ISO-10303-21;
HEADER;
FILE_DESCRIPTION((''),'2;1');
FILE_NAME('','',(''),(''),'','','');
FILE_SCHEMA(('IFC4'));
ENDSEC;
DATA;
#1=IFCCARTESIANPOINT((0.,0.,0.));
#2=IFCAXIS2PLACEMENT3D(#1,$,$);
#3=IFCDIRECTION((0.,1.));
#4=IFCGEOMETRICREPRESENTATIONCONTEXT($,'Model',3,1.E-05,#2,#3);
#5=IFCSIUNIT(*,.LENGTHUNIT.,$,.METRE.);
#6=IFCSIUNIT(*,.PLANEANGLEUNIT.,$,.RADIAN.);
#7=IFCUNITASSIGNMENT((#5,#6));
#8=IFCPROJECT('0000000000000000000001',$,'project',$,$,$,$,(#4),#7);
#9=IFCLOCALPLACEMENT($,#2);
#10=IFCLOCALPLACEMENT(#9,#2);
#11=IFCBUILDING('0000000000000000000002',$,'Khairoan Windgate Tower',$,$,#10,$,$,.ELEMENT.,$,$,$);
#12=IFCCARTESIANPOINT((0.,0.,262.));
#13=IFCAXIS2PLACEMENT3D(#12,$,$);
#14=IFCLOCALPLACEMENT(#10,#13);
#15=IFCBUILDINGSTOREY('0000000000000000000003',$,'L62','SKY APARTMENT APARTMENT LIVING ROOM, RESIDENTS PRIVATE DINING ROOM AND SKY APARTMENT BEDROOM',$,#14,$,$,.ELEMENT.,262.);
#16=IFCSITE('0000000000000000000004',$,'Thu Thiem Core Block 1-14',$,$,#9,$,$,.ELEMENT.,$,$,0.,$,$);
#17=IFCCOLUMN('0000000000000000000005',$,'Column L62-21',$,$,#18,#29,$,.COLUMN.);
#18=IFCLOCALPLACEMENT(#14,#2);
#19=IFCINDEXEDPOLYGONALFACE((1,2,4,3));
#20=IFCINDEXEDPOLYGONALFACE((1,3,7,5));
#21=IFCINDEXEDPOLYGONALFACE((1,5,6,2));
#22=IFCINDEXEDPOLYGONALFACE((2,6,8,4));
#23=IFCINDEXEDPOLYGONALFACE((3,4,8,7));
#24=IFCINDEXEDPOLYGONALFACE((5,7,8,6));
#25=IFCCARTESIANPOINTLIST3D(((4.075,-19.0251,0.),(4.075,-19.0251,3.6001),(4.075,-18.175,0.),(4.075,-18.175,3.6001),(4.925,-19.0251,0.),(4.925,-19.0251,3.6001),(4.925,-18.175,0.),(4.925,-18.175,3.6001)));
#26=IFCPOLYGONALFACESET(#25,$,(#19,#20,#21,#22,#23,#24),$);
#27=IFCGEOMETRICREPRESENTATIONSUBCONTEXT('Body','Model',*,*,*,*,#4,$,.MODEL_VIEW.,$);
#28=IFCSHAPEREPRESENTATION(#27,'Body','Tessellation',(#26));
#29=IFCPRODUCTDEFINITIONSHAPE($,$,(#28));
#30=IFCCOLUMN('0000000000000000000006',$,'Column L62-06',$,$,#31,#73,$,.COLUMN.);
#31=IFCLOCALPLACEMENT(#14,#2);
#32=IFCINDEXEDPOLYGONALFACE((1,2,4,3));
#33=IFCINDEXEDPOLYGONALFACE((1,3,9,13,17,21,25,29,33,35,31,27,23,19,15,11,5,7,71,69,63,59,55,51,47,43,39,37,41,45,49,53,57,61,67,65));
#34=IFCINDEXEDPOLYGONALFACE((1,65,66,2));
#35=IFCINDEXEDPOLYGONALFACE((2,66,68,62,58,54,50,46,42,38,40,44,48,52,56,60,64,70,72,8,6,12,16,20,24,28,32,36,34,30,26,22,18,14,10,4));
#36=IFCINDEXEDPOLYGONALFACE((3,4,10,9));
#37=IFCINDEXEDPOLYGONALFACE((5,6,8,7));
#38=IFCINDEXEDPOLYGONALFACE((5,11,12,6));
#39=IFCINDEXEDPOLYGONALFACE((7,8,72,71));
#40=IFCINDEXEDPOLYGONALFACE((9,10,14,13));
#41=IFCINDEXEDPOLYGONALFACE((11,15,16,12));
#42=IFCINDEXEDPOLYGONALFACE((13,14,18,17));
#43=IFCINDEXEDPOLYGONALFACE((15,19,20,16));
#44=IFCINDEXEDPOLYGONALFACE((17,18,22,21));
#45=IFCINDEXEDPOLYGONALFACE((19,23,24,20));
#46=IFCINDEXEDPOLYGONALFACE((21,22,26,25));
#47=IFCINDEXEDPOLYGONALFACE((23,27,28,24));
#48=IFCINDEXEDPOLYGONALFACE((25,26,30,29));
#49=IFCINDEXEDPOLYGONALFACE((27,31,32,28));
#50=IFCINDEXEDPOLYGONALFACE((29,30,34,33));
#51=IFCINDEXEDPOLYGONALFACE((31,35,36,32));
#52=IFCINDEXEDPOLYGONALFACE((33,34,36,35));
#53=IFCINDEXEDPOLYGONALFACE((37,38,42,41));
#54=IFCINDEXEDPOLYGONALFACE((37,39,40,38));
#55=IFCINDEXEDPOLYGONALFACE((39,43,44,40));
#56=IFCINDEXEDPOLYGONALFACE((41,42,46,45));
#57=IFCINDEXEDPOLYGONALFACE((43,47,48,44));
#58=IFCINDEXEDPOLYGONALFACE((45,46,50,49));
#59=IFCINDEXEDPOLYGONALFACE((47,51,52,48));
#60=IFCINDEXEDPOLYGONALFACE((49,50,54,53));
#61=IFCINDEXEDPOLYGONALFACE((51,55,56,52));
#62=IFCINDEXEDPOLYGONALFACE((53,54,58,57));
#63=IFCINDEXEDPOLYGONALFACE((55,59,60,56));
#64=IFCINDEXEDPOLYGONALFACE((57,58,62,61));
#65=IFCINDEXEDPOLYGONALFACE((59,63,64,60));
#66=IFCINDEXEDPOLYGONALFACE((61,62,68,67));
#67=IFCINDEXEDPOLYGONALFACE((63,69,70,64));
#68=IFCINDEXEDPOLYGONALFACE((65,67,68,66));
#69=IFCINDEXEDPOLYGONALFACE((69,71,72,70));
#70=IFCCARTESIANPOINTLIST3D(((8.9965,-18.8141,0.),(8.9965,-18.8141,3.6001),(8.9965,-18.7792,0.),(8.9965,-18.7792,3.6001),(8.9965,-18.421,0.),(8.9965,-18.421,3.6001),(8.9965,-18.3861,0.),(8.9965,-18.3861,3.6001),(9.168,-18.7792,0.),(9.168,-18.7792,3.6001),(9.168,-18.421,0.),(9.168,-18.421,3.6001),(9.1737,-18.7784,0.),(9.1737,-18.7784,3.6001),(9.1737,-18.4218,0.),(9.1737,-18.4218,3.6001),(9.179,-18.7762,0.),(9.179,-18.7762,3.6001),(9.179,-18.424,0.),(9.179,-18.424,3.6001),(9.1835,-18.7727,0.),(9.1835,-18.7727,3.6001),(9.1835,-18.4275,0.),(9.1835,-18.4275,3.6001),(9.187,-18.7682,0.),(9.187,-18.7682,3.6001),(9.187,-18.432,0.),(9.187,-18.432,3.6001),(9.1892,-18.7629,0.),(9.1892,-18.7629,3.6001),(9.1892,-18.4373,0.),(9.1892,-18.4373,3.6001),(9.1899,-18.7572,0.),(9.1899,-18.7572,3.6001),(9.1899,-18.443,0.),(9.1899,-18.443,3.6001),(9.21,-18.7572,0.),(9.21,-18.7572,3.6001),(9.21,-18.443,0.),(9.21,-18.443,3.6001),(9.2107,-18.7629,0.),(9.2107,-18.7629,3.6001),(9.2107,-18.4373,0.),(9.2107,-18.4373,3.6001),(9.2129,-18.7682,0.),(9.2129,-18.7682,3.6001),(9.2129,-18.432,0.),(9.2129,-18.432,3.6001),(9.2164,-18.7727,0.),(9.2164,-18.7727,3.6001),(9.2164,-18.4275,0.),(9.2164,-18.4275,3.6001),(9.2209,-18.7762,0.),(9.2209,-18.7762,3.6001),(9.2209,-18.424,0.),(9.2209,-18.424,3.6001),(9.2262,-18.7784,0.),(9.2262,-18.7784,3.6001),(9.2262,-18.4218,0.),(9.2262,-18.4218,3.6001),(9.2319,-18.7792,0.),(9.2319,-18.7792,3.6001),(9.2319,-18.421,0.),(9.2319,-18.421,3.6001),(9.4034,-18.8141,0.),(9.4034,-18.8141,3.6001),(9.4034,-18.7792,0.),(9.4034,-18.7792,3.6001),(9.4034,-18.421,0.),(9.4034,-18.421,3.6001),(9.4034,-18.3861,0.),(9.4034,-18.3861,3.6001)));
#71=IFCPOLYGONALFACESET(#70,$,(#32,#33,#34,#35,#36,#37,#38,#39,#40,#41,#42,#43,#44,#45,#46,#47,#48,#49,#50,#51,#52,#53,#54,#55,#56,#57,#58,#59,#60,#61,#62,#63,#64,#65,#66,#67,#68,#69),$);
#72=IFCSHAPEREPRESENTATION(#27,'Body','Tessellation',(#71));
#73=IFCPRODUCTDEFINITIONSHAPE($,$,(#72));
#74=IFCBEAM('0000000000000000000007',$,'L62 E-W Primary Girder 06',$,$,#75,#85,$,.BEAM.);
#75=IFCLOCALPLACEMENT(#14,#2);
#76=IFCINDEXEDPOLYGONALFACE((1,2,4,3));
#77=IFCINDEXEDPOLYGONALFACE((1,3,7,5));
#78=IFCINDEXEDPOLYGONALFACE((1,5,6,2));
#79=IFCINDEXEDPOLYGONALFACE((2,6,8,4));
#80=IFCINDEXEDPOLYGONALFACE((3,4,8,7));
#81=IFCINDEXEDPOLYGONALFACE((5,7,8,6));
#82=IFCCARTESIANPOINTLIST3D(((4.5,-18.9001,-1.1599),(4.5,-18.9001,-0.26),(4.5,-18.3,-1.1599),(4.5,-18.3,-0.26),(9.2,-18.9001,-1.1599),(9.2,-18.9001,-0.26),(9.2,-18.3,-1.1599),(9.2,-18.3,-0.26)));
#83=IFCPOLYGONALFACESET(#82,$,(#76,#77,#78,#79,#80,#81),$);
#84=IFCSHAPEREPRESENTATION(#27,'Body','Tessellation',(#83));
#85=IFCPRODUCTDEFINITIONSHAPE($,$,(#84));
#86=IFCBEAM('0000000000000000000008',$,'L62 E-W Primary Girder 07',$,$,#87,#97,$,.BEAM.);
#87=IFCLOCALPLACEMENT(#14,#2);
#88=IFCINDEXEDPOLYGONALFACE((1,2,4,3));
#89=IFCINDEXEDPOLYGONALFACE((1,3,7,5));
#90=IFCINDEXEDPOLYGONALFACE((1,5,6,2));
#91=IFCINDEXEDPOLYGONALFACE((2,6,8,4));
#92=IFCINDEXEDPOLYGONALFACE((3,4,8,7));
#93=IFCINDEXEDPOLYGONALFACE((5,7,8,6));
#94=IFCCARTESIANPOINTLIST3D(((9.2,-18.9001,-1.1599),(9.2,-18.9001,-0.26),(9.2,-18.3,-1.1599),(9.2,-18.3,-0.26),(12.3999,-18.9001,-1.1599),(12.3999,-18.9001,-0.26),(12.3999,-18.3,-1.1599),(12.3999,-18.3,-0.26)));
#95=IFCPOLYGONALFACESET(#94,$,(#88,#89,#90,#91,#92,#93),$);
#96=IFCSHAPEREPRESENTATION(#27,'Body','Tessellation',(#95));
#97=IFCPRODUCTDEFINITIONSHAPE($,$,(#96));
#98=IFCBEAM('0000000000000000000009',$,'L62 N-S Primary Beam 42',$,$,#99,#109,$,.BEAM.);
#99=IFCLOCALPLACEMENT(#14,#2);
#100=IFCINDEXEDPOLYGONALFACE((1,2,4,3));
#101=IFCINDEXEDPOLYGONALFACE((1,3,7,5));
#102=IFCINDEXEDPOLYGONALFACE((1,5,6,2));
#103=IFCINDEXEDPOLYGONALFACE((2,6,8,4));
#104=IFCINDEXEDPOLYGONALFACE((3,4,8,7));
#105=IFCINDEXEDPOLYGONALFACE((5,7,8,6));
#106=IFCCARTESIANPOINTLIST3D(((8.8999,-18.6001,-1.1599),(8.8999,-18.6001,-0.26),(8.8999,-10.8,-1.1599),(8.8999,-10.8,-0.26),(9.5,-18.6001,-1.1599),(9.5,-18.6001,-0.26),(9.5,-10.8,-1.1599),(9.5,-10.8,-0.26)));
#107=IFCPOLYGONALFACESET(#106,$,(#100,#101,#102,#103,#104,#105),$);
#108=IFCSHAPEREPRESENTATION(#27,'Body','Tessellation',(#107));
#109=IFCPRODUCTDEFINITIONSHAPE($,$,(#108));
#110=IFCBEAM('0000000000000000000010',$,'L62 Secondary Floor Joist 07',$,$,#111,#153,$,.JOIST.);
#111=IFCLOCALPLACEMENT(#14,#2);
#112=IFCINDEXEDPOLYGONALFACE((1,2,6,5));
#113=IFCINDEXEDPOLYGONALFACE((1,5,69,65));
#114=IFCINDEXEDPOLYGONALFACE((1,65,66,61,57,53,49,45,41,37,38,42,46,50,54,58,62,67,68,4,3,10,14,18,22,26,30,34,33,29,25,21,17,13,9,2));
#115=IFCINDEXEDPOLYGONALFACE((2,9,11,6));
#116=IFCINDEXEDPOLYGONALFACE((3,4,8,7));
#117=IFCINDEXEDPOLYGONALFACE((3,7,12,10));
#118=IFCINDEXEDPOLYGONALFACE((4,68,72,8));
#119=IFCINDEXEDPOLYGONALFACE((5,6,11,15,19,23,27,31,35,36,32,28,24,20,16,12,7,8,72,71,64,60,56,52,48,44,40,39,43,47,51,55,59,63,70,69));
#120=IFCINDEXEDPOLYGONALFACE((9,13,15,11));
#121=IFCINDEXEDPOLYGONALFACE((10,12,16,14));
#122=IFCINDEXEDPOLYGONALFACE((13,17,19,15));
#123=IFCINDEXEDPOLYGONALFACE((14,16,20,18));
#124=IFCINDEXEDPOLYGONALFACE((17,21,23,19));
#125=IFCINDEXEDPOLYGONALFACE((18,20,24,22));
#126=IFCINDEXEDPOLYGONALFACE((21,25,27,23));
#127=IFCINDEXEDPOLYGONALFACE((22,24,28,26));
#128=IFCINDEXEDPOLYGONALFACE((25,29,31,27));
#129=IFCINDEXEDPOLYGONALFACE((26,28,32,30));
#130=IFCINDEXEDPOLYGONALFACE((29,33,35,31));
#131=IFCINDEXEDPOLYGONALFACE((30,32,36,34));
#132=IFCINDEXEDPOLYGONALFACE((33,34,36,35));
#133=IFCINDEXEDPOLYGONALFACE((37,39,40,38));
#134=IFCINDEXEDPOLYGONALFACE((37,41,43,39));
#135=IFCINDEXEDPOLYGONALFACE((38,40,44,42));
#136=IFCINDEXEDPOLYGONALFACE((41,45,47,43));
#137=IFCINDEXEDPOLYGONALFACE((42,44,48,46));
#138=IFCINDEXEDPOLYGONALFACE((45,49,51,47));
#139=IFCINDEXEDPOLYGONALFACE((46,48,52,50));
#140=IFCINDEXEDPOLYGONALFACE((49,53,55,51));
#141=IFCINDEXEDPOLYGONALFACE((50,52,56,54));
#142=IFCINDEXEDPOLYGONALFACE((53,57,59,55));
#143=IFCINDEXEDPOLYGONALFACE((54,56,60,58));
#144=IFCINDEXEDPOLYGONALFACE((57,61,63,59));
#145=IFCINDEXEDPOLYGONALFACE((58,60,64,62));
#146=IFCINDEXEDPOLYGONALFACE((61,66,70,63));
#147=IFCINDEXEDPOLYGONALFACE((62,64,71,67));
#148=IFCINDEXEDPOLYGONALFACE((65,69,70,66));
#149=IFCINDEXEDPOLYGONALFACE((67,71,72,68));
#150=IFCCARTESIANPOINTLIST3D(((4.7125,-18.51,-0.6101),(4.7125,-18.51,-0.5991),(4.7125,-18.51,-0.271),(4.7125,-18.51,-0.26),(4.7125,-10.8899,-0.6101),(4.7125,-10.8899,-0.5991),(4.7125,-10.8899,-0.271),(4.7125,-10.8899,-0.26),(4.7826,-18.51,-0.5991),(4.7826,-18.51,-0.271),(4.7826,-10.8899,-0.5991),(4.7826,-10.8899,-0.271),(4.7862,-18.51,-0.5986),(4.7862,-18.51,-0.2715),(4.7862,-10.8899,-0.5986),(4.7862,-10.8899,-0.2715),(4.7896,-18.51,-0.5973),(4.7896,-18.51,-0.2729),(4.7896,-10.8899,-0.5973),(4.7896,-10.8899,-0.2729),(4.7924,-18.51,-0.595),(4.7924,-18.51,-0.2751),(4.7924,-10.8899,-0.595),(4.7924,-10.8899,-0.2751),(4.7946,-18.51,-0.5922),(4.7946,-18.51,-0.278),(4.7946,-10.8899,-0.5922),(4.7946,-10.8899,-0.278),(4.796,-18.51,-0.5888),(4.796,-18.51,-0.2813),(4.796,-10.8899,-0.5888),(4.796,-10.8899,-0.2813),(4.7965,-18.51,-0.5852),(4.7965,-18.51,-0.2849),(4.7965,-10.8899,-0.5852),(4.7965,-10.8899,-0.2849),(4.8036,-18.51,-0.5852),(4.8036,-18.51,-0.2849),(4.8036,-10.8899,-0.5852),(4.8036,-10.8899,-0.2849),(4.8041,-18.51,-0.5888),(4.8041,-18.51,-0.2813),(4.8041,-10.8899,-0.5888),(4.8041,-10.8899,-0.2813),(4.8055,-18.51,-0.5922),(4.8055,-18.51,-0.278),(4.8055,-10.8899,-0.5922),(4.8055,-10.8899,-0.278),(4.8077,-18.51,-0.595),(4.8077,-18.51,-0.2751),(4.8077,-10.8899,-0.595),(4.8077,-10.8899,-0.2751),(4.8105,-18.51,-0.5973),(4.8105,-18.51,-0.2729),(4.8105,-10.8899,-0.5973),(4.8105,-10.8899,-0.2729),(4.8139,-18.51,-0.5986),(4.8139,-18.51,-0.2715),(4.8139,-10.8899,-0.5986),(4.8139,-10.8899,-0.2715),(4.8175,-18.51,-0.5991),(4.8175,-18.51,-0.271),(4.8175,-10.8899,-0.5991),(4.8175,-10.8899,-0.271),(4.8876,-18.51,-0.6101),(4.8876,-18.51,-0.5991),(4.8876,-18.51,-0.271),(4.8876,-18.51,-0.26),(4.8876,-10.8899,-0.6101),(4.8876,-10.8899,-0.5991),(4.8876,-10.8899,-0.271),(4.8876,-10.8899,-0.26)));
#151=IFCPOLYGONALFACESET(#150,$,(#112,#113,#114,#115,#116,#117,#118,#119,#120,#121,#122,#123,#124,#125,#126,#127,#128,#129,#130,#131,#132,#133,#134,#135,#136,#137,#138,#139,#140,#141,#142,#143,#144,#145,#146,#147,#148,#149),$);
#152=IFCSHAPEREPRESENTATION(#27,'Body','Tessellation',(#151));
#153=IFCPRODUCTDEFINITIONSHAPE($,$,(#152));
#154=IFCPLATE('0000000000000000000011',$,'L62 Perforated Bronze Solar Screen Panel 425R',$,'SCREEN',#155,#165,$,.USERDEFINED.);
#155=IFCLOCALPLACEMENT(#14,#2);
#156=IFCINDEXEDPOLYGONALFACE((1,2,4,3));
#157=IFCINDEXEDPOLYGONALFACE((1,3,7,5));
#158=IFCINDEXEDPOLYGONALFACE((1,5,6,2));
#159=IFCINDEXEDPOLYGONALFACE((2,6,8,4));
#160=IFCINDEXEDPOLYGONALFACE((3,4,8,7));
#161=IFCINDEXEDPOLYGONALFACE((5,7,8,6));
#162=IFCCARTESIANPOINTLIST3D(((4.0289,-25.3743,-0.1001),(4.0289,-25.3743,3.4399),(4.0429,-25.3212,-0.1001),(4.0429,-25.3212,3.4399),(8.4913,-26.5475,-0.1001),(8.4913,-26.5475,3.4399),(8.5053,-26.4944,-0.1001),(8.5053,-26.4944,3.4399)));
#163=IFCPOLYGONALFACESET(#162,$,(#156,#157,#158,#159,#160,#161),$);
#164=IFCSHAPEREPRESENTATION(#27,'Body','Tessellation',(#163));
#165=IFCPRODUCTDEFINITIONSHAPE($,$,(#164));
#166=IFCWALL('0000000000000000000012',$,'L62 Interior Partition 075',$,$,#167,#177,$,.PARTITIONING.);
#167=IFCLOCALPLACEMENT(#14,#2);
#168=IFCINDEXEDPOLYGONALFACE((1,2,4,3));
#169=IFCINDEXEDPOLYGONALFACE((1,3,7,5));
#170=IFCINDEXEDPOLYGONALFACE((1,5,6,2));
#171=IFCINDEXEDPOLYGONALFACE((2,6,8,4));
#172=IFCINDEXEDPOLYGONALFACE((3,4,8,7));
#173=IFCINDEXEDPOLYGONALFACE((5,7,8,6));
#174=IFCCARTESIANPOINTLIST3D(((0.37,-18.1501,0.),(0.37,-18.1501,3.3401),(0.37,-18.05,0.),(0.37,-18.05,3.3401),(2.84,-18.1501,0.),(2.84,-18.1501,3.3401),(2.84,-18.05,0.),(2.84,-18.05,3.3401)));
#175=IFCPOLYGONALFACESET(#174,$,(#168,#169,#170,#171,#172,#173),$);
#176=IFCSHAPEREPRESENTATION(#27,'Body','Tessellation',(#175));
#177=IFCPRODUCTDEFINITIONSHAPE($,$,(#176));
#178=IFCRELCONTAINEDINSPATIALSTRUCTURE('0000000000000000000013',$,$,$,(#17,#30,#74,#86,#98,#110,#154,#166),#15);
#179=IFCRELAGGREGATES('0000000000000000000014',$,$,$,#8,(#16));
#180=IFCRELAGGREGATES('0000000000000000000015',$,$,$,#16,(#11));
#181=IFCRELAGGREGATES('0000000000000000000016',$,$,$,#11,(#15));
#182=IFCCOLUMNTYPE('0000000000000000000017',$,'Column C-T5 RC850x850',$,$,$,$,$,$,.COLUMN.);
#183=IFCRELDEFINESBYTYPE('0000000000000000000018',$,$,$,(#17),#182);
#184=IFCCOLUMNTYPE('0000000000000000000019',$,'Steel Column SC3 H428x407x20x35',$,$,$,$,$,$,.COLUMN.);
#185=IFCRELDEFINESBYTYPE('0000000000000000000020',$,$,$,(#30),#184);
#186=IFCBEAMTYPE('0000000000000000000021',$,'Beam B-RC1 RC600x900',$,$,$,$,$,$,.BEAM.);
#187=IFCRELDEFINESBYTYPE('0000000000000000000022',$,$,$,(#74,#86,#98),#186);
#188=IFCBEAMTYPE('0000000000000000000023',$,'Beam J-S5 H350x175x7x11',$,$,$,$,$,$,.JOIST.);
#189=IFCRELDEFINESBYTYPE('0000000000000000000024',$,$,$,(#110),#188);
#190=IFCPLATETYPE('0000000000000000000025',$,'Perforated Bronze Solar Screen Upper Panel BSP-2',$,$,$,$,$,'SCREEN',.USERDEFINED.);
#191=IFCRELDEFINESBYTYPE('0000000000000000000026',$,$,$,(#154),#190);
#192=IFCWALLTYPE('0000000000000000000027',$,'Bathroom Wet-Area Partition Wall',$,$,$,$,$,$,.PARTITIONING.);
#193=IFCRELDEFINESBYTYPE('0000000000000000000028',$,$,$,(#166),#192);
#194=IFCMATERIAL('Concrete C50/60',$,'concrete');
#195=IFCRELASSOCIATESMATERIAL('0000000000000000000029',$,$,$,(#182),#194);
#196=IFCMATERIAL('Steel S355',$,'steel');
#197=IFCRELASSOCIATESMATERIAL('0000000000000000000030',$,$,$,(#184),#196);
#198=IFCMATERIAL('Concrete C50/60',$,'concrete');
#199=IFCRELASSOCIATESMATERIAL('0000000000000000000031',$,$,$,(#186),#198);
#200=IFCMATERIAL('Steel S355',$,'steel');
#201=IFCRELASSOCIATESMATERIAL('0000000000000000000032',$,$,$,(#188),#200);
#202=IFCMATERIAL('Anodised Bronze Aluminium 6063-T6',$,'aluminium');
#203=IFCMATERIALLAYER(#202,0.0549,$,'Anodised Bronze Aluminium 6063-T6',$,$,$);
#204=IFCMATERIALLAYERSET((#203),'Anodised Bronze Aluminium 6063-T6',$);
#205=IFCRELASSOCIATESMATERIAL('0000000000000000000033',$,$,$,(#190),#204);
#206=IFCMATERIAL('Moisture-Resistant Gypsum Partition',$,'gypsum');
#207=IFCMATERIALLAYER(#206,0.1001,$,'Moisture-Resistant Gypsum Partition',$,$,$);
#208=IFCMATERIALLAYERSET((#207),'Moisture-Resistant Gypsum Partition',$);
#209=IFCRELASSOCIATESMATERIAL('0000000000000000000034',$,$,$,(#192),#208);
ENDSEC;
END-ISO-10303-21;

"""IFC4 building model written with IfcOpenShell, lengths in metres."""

from ifc_helpers import new_model, si_unit, direction, frame, frame_2d, origin, origin_2d, place, context, subcontext, project, spatial, rectangle, i_section, extrude, material, layer, layer_set, material_profile, profile_set, type_object, element, save


model = new_model("IFC4")

# Units and contexts
model_context = context("Model", 3, precision=1e-05, world=origin(), true_north=direction((0.0, 1.0)))
body_context = subcontext(model_context, "Body", "Model", "MODEL_VIEW")
ifc_project = project(units=[si_unit("LENGTHUNIT", "METRE"), si_unit("PLANEANGLEUNIT", "RADIAN")], contexts=[model_context])

# Site, building, storey
site_placement = place(None, origin())
site = spatial("IfcSite", under=ifc_project, at=site_placement, Name="Thu Thiem Core Block 1-14", CompositionType="ELEMENT", RefElevation=0.0)
building_placement = place(site_placement, origin())
building = spatial("IfcBuilding", under=site, at=building_placement, Name="Khairoan Windgate Tower", CompositionType="ELEMENT")
storey_placement = place(building_placement, frame((0.0, 0.0, 262.0)))
storey = spatial("IfcBuildingStorey", under=building, at=storey_placement, Name="L62", Description="SKY APARTMENT APARTMENT LIVING ROOM, RESIDENTS PRIVATE DINING ROOM AND SKY APARTMENT BEDROOM", CompositionType="ELEMENT", Elevation=262.0)

# Columns
ifc_material_1 = material(Name="Concrete C50/60", Category="concrete")
ifc_material_profile_1 = material_profile(ifc_material_1, rectangle(XDim=0.8501, YDim=0.8501, at=origin_2d()))
ifc_profile_set_1 = profile_set([ifc_material_profile_1], Name="Concrete C50/60")
column_type_1 = type_object("IfcColumnType", Name="Column C-T5 RC850x850", PredefinedType="COLUMN", material=ifc_profile_set_1)
column_1_placement = place(storey_placement, frame((4.5, -18.6001, 0.0), z_axis=(0.0, 0.0, 1.0), x_axis=(1.0, 0.0, 0.0)))
element("IfcColumn", 1, at=column_1_placement, inside=storey, type_object=column_type_1, Name="Column L62-21", PredefinedType="COLUMN", context=body_context, shape_type="SweptSolid", body=[
    extrude(rectangle(XDim=0.8501, YDim=0.8501, at=origin_2d()), origin(), (0.0, 0.0, 1.0), 3.6001),
])
ifc_material_2 = material(Name="Steel S355", Category="steel")
ifc_material_profile_2 = material_profile(ifc_material_2, i_section(OverallWidth=0.407, OverallDepth=0.428, WebThickness=0.02, FlangeThickness=0.0349, FilletRadius=0.022, at=origin_2d()))
ifc_profile_set_2 = profile_set([ifc_material_profile_2], Name="Steel S355")
column_type_2 = type_object("IfcColumnType", Name="Steel Column SC3 H428x407x20x35", PredefinedType="COLUMN", material=ifc_profile_set_2)
column_2_placement = place(storey_placement, frame((9.2, -18.6001, 0.0), z_axis=(0.0, 0.0, 1.0), x_axis=(1.0, 0.0, 0.0)))
element("IfcColumn", 2, at=column_2_placement, inside=storey, type_object=column_type_2, Name="Column L62-06", PredefinedType="COLUMN", context=body_context, shape_type="SweptSolid", body=[
    extrude(i_section(OverallWidth=0.407, OverallDepth=0.428, WebThickness=0.02, FlangeThickness=0.0349, FilletRadius=0.022, at=origin_2d()), origin(), (0.0, 0.0, 1.0), 3.6001),
])

# Beams
ifc_material_3 = material(Name="Concrete C50/60", Category="concrete")
ifc_material_profile_3 = material_profile(ifc_material_3, rectangle(XDim=0.6001, YDim=0.8999, at=origin_2d()))
ifc_profile_set_3 = profile_set([ifc_material_profile_3], Name="Concrete C50/60")
beam_type_1 = type_object("IfcBeamType", Name="Beam B-RC1 RC600x900", PredefinedType="BEAM", material=ifc_profile_set_3)
beam_1_placement = place(storey_placement, frame((4.5, -18.6001, -0.71), z_axis=(1.0, 0.0, 0.0), x_axis=(0.0, 1.0, 0.0)))
element("IfcBeam", 3, at=beam_1_placement, inside=storey, type_object=beam_type_1, Name="L62 E-W Primary Girder 06", PredefinedType="BEAM", context=body_context, shape_type="SweptSolid", body=[
    extrude(rectangle(XDim=0.6001, YDim=0.8999, at=origin_2d()), origin(), (0.0, 0.0, 1.0), 4.7),
])
beam_2_placement = place(storey_placement, frame((9.2, -18.6001, -0.71), z_axis=(1.0, 0.0, 0.0), x_axis=(0.0, 1.0, 0.0)))
element("IfcBeam", 4, at=beam_2_placement, inside=storey, type_object=beam_type_1, Name="L62 E-W Primary Girder 07", PredefinedType="BEAM", context=body_context, shape_type="SweptSolid", body=[
    extrude(rectangle(XDim=0.6001, YDim=0.8999, at=origin_2d()), origin(), (0.0, 0.0, 1.0), 3.2),
])
beam_3_placement = place(storey_placement, frame((9.2, -18.6001, -0.71), z_axis=(0.0, 1.0, 0.0), x_axis=(-1.0, 0.0, 0.0)))
element("IfcBeam", 5, at=beam_3_placement, inside=storey, type_object=beam_type_1, Name="L62 N-S Primary Beam 42", PredefinedType="BEAM", context=body_context, shape_type="SweptSolid", body=[
    extrude(rectangle(XDim=0.6001, YDim=0.8999, at=origin_2d()), origin(), (0.0, 0.0, 1.0), 7.8),
])
ifc_material_4 = material(Name="Steel S355", Category="steel")
ifc_material_profile_4 = material_profile(ifc_material_4, i_section(OverallWidth=0.175, OverallDepth=0.3501, WebThickness=0.0071, FlangeThickness=0.011, FilletRadius=0.0139, at=origin_2d()))
ifc_profile_set_4 = profile_set([ifc_material_profile_4], Name="Steel S355")
beam_type_2 = type_object("IfcBeamType", Name="Beam J-S5 H350x175x7x11", PredefinedType="JOIST", material=ifc_profile_set_4)
beam_4_placement = place(storey_placement, frame((4.8, -18.51, -0.4351), z_axis=(0.0, 1.0, 0.0), x_axis=(-1.0, 0.0, 0.0)))
element("IfcBeam", 6, at=beam_4_placement, inside=storey, type_object=beam_type_2, Name="L62 Secondary Floor Joist 07", PredefinedType="JOIST", context=body_context, shape_type="SweptSolid", body=[
    extrude(i_section(OverallWidth=0.175, OverallDepth=0.3501, WebThickness=0.0071, FlangeThickness=0.011, FilletRadius=0.0139, at=origin_2d()), origin(), (0.0, 0.0, 1.0), 7.6201),
])

# Plate
ifc_material_5 = material(Name="Anodised Bronze Aluminium 6063-T6", Category="aluminium")
ifc_layer_1 = layer(ifc_material_5, 0.0549, Name="Anodised Bronze Aluminium 6063-T6")
ifc_layer_set_1 = layer_set([ifc_layer_1], Name="Anodised Bronze Aluminium 6063-T6")
plate_type = type_object("IfcPlateType", Name="Perforated Bronze Solar Screen Upper Panel BSP-2", ElementType="SCREEN", PredefinedType="USERDEFINED", material=ifc_layer_set_1)
plate_placement = place(storey_placement, frame((6.2671, -25.9343, -0.1001), z_axis=(0.0, 0.0, 1.0), x_axis=(-0.967135, 0.254264, 0.0)))
element("IfcPlate", 7, at=plate_placement, inside=storey, type_object=plate_type, Name="L62 Perforated Bronze Solar Screen Panel 425R", ObjectType="SCREEN", PredefinedType="USERDEFINED", context=body_context, shape_type="SweptSolid", body=[
    extrude(rectangle(XDim=4.614, YDim=0.0549, at=origin_2d()), origin(), (0.0, 0.0, 1.0), 3.54),
])

# Wall
ifc_material_6 = material(Name="Moisture-Resistant Gypsum Partition", Category="gypsum")
ifc_layer_2 = layer(ifc_material_6, 0.1001, Name="Moisture-Resistant Gypsum Partition")
ifc_layer_set_2 = layer_set([ifc_layer_2], Name="Moisture-Resistant Gypsum Partition")
wall_type_1 = type_object("IfcWallType", Name="Bathroom Wet-Area Partition Wall", PredefinedType="PARTITIONING", material=ifc_layer_set_2)
wall_1_placement = place(storey_placement, frame((0.3701, -18.1001, 0.0), z_axis=(0.0, 0.0, 1.0), x_axis=(1.0, 0.0, 0.0)))
element("IfcWall", 8, at=wall_1_placement, inside=storey, type_object=wall_type_1, Name="L62 Interior Partition 075", PredefinedType="PARTITIONING", context=body_context, shape_type="SweptSolid", body=[
    extrude(rectangle(XDim=2.47, YDim=0.1001, at=frame_2d((1.2349, 0.0))), origin(), (0.0, 0.0, 1.0), 3.3401),
])

save(model, "model.ifc")
